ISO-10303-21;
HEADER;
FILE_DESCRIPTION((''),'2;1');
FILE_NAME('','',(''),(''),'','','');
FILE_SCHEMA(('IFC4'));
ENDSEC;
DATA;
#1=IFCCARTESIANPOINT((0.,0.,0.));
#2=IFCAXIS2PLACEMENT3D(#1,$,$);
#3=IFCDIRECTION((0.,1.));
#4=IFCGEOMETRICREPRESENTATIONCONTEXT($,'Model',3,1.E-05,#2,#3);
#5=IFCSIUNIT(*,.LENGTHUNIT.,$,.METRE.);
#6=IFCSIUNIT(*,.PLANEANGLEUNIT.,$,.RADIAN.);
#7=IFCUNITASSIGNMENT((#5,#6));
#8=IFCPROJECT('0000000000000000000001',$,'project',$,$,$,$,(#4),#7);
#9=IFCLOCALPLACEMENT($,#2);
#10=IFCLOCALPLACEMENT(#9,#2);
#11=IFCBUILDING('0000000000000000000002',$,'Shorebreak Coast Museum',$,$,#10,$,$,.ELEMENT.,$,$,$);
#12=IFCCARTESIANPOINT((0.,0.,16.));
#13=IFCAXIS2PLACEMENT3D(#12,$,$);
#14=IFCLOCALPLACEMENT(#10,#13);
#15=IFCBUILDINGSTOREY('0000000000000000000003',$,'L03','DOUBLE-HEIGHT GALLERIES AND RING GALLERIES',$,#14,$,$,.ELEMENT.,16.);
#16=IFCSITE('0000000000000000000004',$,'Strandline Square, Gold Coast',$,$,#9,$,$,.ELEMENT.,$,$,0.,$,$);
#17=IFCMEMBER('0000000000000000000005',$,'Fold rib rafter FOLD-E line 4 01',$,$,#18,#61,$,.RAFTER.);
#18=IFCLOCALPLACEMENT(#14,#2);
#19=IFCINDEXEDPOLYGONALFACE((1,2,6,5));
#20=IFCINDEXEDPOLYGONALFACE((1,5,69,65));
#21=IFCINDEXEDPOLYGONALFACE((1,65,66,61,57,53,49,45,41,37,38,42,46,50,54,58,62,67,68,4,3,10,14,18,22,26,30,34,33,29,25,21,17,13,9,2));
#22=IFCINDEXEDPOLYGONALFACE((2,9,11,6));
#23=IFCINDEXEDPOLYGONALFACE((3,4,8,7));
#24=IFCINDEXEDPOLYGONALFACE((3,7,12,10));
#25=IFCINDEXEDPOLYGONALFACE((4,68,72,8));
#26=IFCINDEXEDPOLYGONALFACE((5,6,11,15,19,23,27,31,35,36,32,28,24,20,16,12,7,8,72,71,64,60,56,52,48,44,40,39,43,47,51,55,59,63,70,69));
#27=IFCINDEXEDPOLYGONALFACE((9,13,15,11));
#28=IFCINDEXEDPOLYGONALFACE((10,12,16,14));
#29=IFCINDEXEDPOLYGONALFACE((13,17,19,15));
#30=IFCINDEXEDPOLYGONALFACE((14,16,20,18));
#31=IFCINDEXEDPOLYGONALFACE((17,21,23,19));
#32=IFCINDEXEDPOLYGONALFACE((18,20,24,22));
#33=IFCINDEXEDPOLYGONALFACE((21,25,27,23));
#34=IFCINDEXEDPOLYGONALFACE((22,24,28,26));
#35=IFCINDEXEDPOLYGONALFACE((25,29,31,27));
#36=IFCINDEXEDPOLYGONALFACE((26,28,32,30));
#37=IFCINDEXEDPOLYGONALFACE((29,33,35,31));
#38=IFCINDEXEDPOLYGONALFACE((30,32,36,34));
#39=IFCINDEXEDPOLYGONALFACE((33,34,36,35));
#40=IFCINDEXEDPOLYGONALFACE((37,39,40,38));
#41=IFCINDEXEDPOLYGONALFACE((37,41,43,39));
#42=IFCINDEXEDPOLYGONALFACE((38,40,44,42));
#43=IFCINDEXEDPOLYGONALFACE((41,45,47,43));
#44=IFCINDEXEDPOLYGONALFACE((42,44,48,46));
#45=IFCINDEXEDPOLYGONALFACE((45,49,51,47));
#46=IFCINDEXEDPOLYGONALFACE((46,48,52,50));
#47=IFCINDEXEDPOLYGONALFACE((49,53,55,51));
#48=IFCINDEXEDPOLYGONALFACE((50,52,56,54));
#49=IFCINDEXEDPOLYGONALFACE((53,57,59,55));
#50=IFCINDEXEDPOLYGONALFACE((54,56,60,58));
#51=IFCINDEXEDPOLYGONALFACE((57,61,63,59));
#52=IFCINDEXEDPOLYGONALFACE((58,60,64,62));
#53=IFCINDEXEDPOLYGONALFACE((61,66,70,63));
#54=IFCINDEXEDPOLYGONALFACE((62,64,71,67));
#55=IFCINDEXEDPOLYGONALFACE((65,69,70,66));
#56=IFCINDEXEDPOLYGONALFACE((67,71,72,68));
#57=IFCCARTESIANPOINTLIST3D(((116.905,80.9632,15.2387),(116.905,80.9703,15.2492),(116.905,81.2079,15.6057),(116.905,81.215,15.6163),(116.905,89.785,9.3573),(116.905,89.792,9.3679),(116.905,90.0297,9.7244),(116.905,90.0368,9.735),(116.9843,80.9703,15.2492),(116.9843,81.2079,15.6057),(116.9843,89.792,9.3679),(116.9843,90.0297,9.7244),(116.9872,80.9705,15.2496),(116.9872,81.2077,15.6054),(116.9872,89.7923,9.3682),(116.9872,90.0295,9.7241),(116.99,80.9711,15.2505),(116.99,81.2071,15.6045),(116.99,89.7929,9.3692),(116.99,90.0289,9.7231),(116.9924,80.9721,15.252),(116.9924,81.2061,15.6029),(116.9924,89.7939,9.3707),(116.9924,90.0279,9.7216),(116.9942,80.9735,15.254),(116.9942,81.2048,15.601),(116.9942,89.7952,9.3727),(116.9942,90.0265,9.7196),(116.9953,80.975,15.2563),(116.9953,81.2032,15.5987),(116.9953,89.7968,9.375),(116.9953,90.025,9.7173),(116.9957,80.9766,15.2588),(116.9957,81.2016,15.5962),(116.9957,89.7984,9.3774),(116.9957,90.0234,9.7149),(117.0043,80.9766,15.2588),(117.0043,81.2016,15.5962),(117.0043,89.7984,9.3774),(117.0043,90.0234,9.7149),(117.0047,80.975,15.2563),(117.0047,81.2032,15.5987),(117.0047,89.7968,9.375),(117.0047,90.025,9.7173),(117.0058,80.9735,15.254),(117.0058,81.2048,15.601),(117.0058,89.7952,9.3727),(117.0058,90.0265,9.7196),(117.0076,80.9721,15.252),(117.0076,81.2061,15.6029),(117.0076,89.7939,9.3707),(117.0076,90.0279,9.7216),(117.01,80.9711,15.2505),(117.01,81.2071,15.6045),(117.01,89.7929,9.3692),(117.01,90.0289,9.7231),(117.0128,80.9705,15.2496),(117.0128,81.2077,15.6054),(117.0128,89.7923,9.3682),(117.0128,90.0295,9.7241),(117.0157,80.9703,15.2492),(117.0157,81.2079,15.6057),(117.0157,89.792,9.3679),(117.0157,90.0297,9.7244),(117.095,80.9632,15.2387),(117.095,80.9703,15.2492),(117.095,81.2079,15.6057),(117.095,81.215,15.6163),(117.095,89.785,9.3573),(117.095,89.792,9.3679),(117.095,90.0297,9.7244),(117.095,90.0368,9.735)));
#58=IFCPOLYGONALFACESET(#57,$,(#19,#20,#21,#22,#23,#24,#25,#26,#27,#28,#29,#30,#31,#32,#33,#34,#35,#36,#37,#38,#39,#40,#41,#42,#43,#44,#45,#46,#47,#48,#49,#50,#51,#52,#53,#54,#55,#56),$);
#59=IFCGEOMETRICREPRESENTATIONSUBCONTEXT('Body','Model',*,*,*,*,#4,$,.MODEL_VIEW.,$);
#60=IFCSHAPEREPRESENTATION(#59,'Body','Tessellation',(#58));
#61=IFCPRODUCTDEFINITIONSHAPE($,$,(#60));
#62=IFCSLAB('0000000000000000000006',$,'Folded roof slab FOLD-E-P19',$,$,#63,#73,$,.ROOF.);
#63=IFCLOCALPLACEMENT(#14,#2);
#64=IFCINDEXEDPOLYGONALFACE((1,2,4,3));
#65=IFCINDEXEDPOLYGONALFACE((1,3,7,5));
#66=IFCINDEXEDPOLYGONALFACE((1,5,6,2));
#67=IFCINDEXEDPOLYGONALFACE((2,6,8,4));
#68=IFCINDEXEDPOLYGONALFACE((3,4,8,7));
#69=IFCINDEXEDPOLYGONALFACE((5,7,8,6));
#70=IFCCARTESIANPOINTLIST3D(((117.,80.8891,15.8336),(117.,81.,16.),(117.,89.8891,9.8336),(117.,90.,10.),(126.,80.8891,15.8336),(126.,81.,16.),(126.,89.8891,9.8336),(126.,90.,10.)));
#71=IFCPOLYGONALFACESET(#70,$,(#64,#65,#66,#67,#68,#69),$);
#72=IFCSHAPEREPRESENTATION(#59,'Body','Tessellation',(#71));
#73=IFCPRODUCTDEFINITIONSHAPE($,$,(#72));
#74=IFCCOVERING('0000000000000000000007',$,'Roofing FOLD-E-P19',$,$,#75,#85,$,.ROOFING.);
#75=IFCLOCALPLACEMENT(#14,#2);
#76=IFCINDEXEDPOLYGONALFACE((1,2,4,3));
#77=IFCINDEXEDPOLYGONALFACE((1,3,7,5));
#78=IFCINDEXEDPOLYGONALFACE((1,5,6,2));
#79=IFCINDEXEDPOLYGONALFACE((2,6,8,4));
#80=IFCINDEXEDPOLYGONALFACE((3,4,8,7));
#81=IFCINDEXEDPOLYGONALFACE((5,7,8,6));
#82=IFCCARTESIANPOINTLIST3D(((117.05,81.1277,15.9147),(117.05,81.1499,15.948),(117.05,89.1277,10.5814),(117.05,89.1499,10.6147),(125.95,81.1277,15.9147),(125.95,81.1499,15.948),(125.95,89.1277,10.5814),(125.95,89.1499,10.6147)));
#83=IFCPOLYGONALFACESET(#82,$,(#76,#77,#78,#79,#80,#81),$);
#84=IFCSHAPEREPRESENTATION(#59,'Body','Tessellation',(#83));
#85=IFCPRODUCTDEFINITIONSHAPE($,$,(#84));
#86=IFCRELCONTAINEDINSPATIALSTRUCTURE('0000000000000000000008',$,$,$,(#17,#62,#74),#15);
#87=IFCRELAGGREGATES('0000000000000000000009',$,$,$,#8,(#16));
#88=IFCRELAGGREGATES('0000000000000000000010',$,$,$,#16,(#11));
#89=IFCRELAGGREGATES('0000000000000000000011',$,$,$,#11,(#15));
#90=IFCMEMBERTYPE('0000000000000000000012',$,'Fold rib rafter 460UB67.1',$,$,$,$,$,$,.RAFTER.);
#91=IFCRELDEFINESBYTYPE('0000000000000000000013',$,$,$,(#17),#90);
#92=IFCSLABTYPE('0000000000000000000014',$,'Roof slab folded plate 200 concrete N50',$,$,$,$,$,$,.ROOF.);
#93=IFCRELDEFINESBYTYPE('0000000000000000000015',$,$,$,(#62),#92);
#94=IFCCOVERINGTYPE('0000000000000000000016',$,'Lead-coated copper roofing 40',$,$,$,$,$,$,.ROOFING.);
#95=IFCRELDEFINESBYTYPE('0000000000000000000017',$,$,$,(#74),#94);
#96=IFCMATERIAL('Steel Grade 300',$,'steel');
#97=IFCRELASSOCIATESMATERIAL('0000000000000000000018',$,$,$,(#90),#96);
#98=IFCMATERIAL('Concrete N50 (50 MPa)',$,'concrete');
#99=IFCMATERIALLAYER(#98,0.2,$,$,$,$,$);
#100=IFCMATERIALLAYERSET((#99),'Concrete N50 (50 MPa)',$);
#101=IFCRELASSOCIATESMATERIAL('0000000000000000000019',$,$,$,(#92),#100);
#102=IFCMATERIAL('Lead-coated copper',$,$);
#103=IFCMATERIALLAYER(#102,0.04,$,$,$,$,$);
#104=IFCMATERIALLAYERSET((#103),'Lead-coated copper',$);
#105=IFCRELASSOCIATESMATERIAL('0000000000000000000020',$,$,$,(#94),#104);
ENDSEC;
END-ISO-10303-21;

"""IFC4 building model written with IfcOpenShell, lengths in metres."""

from ifc_helpers import new_model, si_unit, direction, frame, origin, origin_2d, place, context, subcontext, project, spatial, polyline, i_section, outline, extrude, material, layer, layer_set, material_profile, profile_set, type_object, element, save


model = new_model("IFC4")

# Units and contexts
model_context = context("Model", 3, precision=1e-05, world=origin(), true_north=direction((0.0, 1.0)))
body_context = subcontext(model_context, "Body", "Model", "MODEL_VIEW")
ifc_project = project(units=[si_unit("LENGTHUNIT", "METRE"), si_unit("PLANEANGLEUNIT", "RADIAN")], contexts=[model_context])

# Site, building, storey
site_placement = place(None, origin())
site = spatial("IfcSite", under=ifc_project, at=site_placement, Name="Strandline Square, Gold Coast", CompositionType="ELEMENT", RefElevation=0.0)
building_placement = place(site_placement, origin())
building = spatial("IfcBuilding", under=site, at=building_placement, Name="Shorebreak Coast Museum", CompositionType="ELEMENT")
storey_placement = place(building_placement, frame((0.0, 0.0, 16.0)))
storey = spatial("IfcBuildingStorey", under=building, at=storey_placement, Name="L03", Description="DOUBLE-HEIGHT GALLERIES AND RING GALLERIES", CompositionType="ELEMENT", Elevation=16.0)

# Member
ifc_material_1 = material(Name="Steel Grade 300", Category="steel")
ifc_material_profile = material_profile(ifc_material_1, i_section(OverallWidth=0.1899, OverallDepth=0.4539, WebThickness=0.0085, FlangeThickness=0.0127, FilletRadius=0.0115, at=origin_2d()), Name="460UB67.1")
ifc_profile_set = profile_set([ifc_material_profile], Name="Steel Grade 300")
member_type = type_object("IfcMemberType", Name="Fold rib rafter 460UB67.1", PredefinedType="RAFTER", material=ifc_profile_set)
member_placement = place(storey_placement, frame((117.0, 81.0891, 15.4275), z_axis=(0.0, 0.832043, -0.554711), x_axis=(-1.0, 0.0, 0.0)))
element("IfcMember", 1, at=member_placement, inside=storey, type_object=member_type, Name="Fold rib rafter FOLD-E line 4 01", PredefinedType="RAFTER", context=body_context, shape_type="SweptSolid", body=[
    extrude(i_section(OverallWidth=0.1899, OverallDepth=0.4539, WebThickness=0.0085, FlangeThickness=0.0127, FilletRadius=0.0115, at=origin_2d()), origin(), (0.0, 0.0, 1.0), 10.6025),
])

# Slab
ifc_material_2 = material(Name="Concrete N50 (50 MPa)", Category="concrete")
ifc_layer_1 = layer(ifc_material_2, 0.2)
ifc_layer_set_1 = layer_set([ifc_layer_1], Name="Concrete N50 (50 MPa)")
slab_type = type_object("IfcSlabType", Name="Roof slab folded plate 200 concrete N50", PredefinedType="ROOF", material=ifc_layer_set_1)
slab_placement = place(storey_placement, frame((117.0, 81.0, 16.0), z_axis=(0.0, 0.5547, 0.83205), x_axis=(1.0, 0.0, 0.0)))
element("IfcSlab", 2, at=slab_placement, inside=storey, type_object=slab_type, Name="Folded roof slab FOLD-E-P19", PredefinedType="ROOF", context=body_context, shape_type="SweptSolid", body=[
    extrude(outline(polyline([(0.0, 0.0), (9.0, 0.0), (9.0, 10.8167), (0.0, 10.8167), (0.0, 0.0)])), origin(), (0.0, 0.0, -1.0), 0.2),
])

# Covering
ifc_material_3 = material(Name="Lead-coated copper")
ifc_layer_2 = layer(ifc_material_3, 0.04)
ifc_layer_set_2 = layer_set([ifc_layer_2], Name="Lead-coated copper")
covering_type = type_object("IfcCoveringType", Name="Lead-coated copper roofing 40", PredefinedType="ROOFING", material=ifc_layer_set_2)
covering_placement = place(storey_placement, frame((117.05, 81.1499, 15.948), z_axis=(0.0, 0.554694, 0.832054), x_axis=(1.0, 0.0, 0.0)))
element("IfcCovering", 3, at=covering_placement, inside=storey, type_object=covering_type, Name="Roofing FOLD-E-P19", PredefinedType="ROOFING", context=body_context, shape_type="SweptSolid", body=[
    extrude(outline(polyline([(0.0, 0.0), (8.8999, 0.0), (8.8999, 9.6148), (0.0, 9.6148), (0.0, 0.0)])), origin(), (0.0, 0.0, -1.0), 0.04),
])

save(model, "model.ifc")
